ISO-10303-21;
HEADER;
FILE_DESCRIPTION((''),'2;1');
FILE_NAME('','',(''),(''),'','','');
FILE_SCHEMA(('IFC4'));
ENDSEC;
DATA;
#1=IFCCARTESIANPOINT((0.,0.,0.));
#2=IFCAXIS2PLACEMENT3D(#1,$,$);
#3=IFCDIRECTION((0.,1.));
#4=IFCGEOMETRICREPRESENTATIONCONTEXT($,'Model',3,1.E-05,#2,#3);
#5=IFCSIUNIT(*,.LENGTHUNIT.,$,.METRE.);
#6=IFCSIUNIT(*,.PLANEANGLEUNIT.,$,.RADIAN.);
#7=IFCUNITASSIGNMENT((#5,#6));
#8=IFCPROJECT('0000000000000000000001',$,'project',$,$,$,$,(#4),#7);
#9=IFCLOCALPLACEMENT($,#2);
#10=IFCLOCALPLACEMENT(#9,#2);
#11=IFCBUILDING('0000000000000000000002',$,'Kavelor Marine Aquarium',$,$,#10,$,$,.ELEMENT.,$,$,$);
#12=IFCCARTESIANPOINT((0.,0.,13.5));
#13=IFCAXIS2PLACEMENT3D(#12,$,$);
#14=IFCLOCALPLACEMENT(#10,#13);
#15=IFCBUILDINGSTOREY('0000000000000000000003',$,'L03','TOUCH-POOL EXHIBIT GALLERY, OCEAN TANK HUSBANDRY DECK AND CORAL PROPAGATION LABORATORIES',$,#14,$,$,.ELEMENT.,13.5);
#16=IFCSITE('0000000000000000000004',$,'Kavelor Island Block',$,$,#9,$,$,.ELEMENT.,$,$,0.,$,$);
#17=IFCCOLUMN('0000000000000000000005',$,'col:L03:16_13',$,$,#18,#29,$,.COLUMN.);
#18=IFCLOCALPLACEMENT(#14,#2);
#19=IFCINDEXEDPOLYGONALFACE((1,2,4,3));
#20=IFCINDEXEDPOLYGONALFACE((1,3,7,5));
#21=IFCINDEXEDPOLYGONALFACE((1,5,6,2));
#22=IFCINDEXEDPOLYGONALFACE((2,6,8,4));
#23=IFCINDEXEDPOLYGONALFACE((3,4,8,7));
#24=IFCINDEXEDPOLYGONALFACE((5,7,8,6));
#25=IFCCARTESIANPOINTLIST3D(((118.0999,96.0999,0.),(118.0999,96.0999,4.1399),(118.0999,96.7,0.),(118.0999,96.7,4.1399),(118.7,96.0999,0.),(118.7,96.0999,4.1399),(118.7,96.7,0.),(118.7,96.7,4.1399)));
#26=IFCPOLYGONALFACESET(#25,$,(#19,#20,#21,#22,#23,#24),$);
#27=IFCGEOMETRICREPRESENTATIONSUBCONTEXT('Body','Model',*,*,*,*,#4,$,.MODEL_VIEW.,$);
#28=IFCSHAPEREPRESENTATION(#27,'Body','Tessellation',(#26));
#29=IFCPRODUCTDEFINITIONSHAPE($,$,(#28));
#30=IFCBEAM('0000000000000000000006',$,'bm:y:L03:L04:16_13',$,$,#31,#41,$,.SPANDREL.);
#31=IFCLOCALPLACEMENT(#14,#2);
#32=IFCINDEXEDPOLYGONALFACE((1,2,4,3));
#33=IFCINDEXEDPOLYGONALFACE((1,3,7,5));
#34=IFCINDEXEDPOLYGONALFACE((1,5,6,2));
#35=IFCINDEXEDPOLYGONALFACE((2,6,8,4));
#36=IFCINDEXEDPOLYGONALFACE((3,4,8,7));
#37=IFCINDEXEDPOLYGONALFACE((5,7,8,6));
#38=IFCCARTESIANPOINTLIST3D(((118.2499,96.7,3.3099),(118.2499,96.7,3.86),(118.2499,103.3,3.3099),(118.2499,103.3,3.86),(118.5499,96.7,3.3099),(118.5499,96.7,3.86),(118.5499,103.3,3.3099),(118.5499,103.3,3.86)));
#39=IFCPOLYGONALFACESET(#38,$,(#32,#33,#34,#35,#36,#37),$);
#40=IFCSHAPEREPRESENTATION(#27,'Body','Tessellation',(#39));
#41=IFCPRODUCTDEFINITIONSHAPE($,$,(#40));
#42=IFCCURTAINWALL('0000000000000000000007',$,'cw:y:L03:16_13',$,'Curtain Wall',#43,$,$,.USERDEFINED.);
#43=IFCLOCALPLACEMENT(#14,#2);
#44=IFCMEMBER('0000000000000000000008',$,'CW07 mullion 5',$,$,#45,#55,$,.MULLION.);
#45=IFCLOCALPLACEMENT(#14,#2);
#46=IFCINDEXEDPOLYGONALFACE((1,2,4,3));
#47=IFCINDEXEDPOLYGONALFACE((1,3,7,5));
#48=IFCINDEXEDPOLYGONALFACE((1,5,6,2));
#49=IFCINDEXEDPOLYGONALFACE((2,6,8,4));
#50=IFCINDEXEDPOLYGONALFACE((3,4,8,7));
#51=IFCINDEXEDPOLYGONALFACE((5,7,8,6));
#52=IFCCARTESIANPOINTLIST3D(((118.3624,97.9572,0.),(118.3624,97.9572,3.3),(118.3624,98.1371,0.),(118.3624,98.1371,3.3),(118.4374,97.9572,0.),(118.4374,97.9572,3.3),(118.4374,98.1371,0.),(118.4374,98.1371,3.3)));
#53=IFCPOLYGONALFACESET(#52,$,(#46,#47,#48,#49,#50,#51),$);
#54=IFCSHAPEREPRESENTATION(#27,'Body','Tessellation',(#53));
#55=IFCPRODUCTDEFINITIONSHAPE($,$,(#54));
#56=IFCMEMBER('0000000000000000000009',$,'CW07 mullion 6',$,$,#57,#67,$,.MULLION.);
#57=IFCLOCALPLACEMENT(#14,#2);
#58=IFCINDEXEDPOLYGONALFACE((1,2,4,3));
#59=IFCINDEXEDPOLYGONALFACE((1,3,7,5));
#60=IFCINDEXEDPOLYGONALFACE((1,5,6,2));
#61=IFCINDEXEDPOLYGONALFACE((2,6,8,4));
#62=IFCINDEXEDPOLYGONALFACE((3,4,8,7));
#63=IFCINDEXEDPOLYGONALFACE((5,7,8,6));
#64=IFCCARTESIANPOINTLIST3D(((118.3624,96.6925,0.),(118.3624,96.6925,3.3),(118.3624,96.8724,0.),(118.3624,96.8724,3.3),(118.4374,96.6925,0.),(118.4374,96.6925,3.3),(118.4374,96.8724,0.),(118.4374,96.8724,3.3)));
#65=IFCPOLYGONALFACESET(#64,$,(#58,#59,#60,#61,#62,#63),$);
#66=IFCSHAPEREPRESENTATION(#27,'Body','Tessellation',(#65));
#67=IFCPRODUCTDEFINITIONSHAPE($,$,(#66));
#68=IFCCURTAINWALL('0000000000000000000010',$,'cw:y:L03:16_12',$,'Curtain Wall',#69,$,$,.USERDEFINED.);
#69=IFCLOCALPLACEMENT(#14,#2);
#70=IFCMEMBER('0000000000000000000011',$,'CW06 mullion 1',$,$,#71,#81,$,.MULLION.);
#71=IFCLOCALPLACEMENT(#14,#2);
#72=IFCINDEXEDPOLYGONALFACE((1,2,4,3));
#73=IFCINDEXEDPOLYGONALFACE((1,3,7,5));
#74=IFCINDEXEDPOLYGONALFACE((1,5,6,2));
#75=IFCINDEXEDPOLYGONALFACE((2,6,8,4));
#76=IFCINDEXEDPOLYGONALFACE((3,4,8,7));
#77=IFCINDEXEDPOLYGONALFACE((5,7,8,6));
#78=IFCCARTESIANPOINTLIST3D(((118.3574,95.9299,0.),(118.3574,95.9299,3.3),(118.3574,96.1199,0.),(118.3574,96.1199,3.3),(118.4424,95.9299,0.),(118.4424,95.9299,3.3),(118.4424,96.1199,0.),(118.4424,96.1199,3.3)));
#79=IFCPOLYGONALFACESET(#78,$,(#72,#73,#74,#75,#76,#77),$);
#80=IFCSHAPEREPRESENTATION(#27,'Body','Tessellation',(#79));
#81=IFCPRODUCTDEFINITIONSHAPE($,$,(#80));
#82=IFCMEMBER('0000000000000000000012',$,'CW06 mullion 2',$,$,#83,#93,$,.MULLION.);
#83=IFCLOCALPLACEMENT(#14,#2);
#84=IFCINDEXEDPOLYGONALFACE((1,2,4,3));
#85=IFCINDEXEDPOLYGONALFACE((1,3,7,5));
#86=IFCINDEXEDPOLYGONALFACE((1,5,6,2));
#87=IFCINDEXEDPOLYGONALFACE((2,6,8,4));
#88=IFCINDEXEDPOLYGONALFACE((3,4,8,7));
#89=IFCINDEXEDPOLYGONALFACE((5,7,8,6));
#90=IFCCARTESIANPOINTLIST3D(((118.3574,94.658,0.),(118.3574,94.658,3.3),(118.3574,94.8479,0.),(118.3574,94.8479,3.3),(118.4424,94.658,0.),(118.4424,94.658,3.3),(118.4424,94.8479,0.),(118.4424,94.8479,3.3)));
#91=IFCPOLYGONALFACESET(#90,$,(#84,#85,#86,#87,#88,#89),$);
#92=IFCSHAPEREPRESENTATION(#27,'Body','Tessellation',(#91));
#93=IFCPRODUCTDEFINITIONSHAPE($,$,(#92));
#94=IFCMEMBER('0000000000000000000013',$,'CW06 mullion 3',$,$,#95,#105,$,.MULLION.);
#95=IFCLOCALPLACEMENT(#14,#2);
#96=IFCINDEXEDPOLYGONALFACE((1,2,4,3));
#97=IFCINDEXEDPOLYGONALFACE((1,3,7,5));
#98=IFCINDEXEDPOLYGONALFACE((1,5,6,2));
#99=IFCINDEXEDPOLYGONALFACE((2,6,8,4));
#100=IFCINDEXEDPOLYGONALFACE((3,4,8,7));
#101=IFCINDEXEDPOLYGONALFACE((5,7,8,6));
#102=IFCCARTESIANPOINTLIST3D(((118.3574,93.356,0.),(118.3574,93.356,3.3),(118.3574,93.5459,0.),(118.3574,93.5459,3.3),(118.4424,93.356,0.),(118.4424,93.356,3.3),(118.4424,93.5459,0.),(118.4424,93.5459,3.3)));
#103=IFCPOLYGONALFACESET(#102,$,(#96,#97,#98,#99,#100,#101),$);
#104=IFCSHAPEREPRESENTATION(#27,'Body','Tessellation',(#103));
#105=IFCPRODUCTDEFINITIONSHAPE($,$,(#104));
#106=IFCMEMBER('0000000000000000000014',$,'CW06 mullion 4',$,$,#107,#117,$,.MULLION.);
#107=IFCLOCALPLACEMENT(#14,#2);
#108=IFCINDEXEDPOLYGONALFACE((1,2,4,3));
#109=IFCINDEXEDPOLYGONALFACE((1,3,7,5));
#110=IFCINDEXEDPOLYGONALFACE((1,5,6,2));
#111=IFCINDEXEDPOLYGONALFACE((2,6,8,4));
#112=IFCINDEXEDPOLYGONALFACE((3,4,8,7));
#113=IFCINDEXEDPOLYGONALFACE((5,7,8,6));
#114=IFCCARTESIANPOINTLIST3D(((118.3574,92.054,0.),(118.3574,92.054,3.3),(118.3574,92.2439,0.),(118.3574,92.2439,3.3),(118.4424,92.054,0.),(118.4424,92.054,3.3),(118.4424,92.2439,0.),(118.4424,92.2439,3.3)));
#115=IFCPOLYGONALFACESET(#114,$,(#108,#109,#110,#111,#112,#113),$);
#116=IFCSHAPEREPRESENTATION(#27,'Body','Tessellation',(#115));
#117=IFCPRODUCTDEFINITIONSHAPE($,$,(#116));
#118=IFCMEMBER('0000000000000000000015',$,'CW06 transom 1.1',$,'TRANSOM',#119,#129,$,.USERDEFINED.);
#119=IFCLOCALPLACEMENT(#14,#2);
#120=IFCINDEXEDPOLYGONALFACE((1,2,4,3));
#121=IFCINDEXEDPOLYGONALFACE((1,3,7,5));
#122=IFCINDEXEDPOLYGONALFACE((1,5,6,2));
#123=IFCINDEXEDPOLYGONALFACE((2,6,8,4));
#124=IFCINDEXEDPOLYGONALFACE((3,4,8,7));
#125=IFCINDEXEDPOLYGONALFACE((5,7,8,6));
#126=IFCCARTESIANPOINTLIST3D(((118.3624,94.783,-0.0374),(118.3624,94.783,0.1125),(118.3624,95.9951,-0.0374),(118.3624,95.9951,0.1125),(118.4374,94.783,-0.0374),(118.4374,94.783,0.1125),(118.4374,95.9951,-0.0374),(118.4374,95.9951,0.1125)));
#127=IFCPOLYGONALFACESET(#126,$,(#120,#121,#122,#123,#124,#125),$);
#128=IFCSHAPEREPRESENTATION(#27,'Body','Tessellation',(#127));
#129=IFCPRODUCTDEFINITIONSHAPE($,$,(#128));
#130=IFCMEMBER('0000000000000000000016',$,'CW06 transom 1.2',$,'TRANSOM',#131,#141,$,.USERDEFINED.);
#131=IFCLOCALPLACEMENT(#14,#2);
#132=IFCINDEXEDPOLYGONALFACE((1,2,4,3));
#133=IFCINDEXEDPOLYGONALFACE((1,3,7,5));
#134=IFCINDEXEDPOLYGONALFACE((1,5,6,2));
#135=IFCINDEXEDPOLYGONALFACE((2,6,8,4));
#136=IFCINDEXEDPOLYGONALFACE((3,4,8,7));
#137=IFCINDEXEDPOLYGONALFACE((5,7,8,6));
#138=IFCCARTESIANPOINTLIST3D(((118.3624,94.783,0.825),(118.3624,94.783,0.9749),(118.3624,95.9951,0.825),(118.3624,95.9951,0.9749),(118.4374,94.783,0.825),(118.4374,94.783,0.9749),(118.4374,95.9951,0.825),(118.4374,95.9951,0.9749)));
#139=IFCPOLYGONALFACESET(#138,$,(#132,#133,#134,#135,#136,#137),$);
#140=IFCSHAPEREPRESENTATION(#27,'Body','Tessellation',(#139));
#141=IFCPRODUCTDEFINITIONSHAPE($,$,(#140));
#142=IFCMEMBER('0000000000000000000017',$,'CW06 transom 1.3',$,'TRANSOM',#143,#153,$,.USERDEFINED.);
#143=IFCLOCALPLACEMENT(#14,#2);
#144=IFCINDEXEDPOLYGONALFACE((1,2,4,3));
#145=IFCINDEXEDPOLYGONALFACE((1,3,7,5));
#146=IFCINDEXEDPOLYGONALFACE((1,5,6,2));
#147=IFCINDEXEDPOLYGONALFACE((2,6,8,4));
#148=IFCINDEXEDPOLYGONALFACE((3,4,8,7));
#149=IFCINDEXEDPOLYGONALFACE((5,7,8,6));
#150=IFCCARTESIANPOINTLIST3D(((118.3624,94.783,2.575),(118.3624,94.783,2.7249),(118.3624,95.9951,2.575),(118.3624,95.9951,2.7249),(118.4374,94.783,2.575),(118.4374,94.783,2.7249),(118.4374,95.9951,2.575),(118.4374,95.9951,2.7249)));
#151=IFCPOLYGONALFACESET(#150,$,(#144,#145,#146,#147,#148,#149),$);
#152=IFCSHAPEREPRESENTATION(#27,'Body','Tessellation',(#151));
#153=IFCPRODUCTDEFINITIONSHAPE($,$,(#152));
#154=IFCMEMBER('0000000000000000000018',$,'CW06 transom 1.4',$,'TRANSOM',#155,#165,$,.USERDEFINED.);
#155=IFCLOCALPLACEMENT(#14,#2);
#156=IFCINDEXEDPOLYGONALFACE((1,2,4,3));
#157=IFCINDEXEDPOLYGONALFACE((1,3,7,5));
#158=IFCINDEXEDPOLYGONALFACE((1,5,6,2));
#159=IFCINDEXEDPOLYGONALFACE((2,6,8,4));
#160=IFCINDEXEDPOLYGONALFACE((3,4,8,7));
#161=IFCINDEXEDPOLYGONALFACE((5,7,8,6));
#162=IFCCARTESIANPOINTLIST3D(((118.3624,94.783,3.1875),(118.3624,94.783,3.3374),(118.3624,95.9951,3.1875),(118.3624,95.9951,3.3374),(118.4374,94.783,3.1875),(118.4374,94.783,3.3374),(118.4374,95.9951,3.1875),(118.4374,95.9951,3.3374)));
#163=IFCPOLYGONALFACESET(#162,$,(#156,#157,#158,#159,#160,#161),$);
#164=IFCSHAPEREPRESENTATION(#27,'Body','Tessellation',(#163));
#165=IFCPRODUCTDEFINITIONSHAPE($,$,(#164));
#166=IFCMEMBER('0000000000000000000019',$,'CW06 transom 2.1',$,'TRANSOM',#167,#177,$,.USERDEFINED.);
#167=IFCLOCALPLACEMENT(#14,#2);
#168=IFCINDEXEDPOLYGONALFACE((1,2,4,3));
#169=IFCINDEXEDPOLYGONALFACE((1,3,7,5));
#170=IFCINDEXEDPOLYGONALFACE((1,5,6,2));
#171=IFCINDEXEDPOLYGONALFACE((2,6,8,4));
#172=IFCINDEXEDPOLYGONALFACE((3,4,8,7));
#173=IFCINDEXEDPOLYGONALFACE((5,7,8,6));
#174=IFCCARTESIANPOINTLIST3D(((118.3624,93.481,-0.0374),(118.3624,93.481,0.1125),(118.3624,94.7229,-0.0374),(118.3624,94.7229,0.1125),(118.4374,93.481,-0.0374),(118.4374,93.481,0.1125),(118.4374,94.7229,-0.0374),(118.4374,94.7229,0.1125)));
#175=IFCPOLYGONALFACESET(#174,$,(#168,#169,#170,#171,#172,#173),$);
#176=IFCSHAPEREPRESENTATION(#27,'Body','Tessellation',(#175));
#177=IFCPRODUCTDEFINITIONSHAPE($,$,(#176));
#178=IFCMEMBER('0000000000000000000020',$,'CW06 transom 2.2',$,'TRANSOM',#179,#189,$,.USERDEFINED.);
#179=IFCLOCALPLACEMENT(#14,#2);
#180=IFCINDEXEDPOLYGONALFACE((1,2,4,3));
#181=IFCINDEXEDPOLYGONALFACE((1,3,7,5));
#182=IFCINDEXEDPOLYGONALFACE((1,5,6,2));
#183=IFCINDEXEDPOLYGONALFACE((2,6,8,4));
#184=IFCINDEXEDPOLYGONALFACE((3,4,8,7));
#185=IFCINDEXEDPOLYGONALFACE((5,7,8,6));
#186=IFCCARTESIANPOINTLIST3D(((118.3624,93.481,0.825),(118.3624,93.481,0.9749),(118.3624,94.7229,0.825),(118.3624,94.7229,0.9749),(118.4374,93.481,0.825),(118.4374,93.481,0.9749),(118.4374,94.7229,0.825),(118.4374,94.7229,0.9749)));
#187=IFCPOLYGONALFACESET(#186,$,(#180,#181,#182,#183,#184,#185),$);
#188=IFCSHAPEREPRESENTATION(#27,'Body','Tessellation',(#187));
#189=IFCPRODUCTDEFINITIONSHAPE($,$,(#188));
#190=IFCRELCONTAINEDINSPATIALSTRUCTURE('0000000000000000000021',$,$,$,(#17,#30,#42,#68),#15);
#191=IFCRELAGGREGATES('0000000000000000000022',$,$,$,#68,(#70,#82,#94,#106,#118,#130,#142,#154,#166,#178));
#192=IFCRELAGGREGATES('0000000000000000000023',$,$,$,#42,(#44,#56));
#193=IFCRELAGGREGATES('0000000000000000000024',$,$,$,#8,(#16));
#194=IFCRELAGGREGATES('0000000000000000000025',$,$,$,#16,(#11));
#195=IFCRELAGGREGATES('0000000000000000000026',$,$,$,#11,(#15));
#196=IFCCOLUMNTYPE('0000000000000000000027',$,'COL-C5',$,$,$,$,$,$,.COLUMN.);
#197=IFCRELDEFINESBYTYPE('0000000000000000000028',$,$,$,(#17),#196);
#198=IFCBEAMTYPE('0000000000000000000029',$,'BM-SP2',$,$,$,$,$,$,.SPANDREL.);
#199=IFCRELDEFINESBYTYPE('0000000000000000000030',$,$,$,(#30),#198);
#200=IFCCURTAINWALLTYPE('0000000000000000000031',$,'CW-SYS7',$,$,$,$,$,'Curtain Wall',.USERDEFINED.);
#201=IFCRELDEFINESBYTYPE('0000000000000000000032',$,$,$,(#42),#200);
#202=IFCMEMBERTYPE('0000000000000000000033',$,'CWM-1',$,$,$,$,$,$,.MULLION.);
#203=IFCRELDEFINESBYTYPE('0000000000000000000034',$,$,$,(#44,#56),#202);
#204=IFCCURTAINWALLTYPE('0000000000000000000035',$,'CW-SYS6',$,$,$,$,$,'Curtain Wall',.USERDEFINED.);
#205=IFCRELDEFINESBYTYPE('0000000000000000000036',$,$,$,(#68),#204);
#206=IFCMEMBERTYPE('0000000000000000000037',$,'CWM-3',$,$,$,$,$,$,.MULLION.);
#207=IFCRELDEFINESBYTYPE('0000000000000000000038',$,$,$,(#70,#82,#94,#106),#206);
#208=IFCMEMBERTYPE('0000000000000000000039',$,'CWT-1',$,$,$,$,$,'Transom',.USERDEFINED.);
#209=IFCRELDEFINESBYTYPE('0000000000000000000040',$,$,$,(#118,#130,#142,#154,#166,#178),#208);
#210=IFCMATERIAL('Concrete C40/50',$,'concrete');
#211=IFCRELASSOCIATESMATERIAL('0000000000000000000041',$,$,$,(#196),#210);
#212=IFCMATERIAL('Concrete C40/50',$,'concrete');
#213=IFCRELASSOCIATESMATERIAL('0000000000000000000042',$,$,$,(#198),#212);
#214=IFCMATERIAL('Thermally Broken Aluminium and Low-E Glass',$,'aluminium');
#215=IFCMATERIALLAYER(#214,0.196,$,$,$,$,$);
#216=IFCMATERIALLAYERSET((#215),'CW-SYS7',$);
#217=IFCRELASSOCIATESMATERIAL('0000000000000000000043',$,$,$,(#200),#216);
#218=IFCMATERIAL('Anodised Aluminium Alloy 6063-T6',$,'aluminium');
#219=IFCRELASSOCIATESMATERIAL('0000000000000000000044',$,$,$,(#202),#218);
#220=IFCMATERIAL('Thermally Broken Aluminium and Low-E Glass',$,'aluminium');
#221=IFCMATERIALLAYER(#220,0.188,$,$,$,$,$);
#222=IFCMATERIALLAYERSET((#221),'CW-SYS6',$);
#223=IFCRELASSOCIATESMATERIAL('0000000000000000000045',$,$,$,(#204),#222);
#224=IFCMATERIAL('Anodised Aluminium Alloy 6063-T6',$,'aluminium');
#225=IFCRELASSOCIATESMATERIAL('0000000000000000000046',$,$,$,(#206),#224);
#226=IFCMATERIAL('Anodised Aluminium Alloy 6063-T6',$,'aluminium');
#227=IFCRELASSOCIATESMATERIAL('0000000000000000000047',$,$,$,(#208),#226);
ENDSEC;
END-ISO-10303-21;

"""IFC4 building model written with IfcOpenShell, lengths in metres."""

from ifc_helpers import new_model, si_unit, direction, frame, origin, origin_2d, place, context, subcontext, project, spatial, rectangle, extrude, material, layer, layer_set, material_profile, profile_set, type_object, element, aggregate, save


model = new_model("IFC4")

# Units and contexts
model_context = context("Model", 3, precision=1e-05, world=origin(), true_north=direction((0.0, 1.0)))
body_context = subcontext(model_context, "Body", "Model", "MODEL_VIEW")
ifc_project = project(units=[si_unit("LENGTHUNIT", "METRE"), si_unit("PLANEANGLEUNIT", "RADIAN")], contexts=[model_context])

# Site, building, storey
site_placement = place(None, origin())
site = spatial("IfcSite", under=ifc_project, at=site_placement, Name="Kavelor Island Block", CompositionType="ELEMENT", RefElevation=0.0)
building_placement = place(site_placement, origin())
building = spatial("IfcBuilding", under=site, at=building_placement, Name="Kavelor Marine Aquarium", CompositionType="ELEMENT")
storey_placement = place(building_placement, frame((0.0, 0.0, 13.5)))
storey = spatial("IfcBuildingStorey", under=building, at=storey_placement, Name="L03", Description="TOUCH-POOL EXHIBIT GALLERY, OCEAN TANK HUSBANDRY DECK AND CORAL PROPAGATION LABORATORIES", CompositionType="ELEMENT", Elevation=13.5)

# Column
ifc_material_1 = material(Name="Concrete C40/50", Category="concrete")
ifc_material_profile_1 = material_profile(ifc_material_1, rectangle(XDim=0.6001, YDim=0.6001, at=origin_2d()), Name="RC-COL 600x600")
ifc_profile_set_1 = profile_set([ifc_material_profile_1], Name="Concrete C40/50")
column_type = type_object("IfcColumnType", Name="COL-C5", PredefinedType="COLUMN", material=ifc_profile_set_1)
column_placement = place(storey_placement, frame((118.3999, 96.3999, 0.0), z_axis=(0.0, 0.0, 1.0), x_axis=(1.0, 0.0, 0.0)))
element("IfcColumn", 1, at=column_placement, inside=storey, type_object=column_type, Name="col:L03:16_13", PredefinedType="COLUMN", context=body_context, shape_type="SweptSolid", body=[
    extrude(rectangle(XDim=0.6001, YDim=0.6001, at=origin_2d()), origin(), (0.0, 0.0, 1.0), 4.1399),
])

# Beam
ifc_material_2 = material(Name="Concrete C40/50", Category="concrete")
ifc_material_profile_2 = material_profile(ifc_material_2, rectangle(XDim=0.3, YDim=0.55, at=origin_2d()), Name="RC-SP 300x550")
ifc_profile_set_2 = profile_set([ifc_material_profile_2], Name="Concrete C40/50")
beam_type = type_object("IfcBeamType", Name="BM-SP2", PredefinedType="SPANDREL", material=ifc_profile_set_2)
beam_placement = place(storey_placement, frame((118.3999, 96.7, 3.585), z_axis=(0.0, 1.0, 0.0), x_axis=(-1.0, 0.0, 0.0)))
element("IfcBeam", 2, at=beam_placement, inside=storey, type_object=beam_type, Name="bm:y:L03:L04:16_13", PredefinedType="SPANDREL", context=body_context, shape_type="SweptSolid", body=[
    extrude(rectangle(XDim=0.3, YDim=0.55, at=origin_2d()), origin(), (0.0, 0.0, 1.0), 6.6001),
])

# Curtain walls, members
ifc_material_3 = material(Name="Thermally Broken Aluminium and Low-E Glass", Category="aluminium")
ifc_layer_1 = layer(ifc_material_3, 0.196)
ifc_layer_set_1 = layer_set([ifc_layer_1], Name="CW-SYS7")
curtain_wall_type_1 = type_object("IfcCurtainWallType", Name="CW-SYS7", ElementType="Curtain Wall", PredefinedType="USERDEFINED", material=ifc_layer_set_1)
curtain_wall_1_placement = place(storey_placement, origin())
curtain_wall_1 = element("IfcCurtainWall", 3, at=curtain_wall_1_placement, inside=storey, type_object=curtain_wall_type_1, Name="cw:y:L03:16_13", ObjectType="Curtain Wall", PredefinedType="USERDEFINED")
ifc_material_4 = material(Name="Anodised Aluminium Alloy 6063-T6", Category="aluminium")
ifc_material_profile_3 = material_profile(ifc_material_4, rectangle(XDim=0.075, YDim=0.1799, at=origin_2d()), Name="CW-MUL 75x180")
ifc_profile_set_3 = profile_set([ifc_material_profile_3], Name="Anodised Aluminium Alloy 6063-T6")
member_type_1 = type_object("IfcMemberType", Name="CWM-1", PredefinedType="MULLION", material=ifc_profile_set_3)
member_1_placement = place(storey_placement, frame((118.3999, 98.0471, 0.0), z_axis=(0.0, 0.0, 1.0), x_axis=(1.0, 0.0, 0.0)))
member_1 = element("IfcMember", 4, at=member_1_placement, type_object=member_type_1, Name="CW07 mullion 5", PredefinedType="MULLION", context=body_context, shape_type="SweptSolid", body=[
    extrude(rectangle(XDim=0.075, YDim=0.1799, at=origin_2d()), origin(), (0.0, 0.0, 1.0), 3.3),
])
member_2_placement = place(storey_placement, frame((118.3999, 96.7825, 0.0), z_axis=(0.0, 0.0, 1.0), x_axis=(1.0, 0.0, 0.0)))
member_2 = element("IfcMember", 5, at=member_2_placement, type_object=member_type_1, Name="CW07 mullion 6", PredefinedType="MULLION", context=body_context, shape_type="SweptSolid", body=[
    extrude(rectangle(XDim=0.075, YDim=0.1799, at=origin_2d()), origin(), (0.0, 0.0, 1.0), 3.3),
])
ifc_material_5 = material(Name="Thermally Broken Aluminium and Low-E Glass", Category="aluminium")
ifc_layer_2 = layer(ifc_material_5, 0.188)
ifc_layer_set_2 = layer_set([ifc_layer_2], Name="CW-SYS6")
curtain_wall_type_2 = type_object("IfcCurtainWallType", Name="CW-SYS6", ElementType="Curtain Wall", PredefinedType="USERDEFINED", material=ifc_layer_set_2)
curtain_wall_2_placement = place(storey_placement, origin())
curtain_wall_2 = element("IfcCurtainWall", 6, at=curtain_wall_2_placement, inside=storey, type_object=curtain_wall_type_2, Name="cw:y:L03:16_12", ObjectType="Curtain Wall", PredefinedType="USERDEFINED")
ifc_material_6 = material(Name="Anodised Aluminium Alloy 6063-T6", Category="aluminium")
ifc_material_profile_4 = material_profile(ifc_material_6, rectangle(XDim=0.085, YDim=0.1899, at=origin_2d()), Name="CW-MUL 85x190")
ifc_profile_set_4 = profile_set([ifc_material_profile_4], Name="Anodised Aluminium Alloy 6063-T6")
member_type_2 = type_object("IfcMemberType", Name="CWM-3", PredefinedType="MULLION", material=ifc_profile_set_4)
member_3_placement = place(storey_placement, frame((118.3999, 96.0249, 0.0), z_axis=(0.0, 0.0, 1.0), x_axis=(1.0, 0.0, 0.0)))
member_3 = element("IfcMember", 7, at=member_3_placement, type_object=member_type_2, Name="CW06 mullion 1", PredefinedType="MULLION", context=body_context, shape_type="SweptSolid", body=[
    extrude(rectangle(XDim=0.085, YDim=0.1899, at=origin_2d()), origin(), (0.0, 0.0, 1.0), 3.3),
])
member_4_placement = place(storey_placement, frame((118.3999, 94.7529, 0.0), z_axis=(0.0, 0.0, 1.0), x_axis=(1.0, 0.0, 0.0)))
member_4 = element("IfcMember", 8, at=member_4_placement, type_object=member_type_2, Name="CW06 mullion 2", PredefinedType="MULLION", context=body_context, shape_type="SweptSolid", body=[
    extrude(rectangle(XDim=0.085, YDim=0.1899, at=origin_2d()), origin(), (0.0, 0.0, 1.0), 3.3),
])
member_5_placement = place(storey_placement, frame((118.3999, 93.4509, 0.0), z_axis=(0.0, 0.0, 1.0), x_axis=(1.0, 0.0, 0.0)))
member_5 = element("IfcMember", 9, at=member_5_placement, type_object=member_type_2, Name="CW06 mullion 3", PredefinedType="MULLION", context=body_context, shape_type="SweptSolid", body=[
    extrude(rectangle(XDim=0.085, YDim=0.1899, at=origin_2d()), origin(), (0.0, 0.0, 1.0), 3.3),
])
member_6_placement = place(storey_placement, frame((118.3999, 92.1489, 0.0), z_axis=(0.0, 0.0, 1.0), x_axis=(1.0, 0.0, 0.0)))
member_6 = element("IfcMember", 10, at=member_6_placement, type_object=member_type_2, Name="CW06 mullion 4", PredefinedType="MULLION", context=body_context, shape_type="SweptSolid", body=[
    extrude(rectangle(XDim=0.085, YDim=0.1899, at=origin_2d()), origin(), (0.0, 0.0, 1.0), 3.3),
])
ifc_material_7 = material(Name="Anodised Aluminium Alloy 6063-T6", Category="aluminium")
ifc_material_profile_5 = material_profile(ifc_material_7, rectangle(XDim=0.075, YDim=0.1499, at=origin_2d()), Name="CW-TRN 75x150")
ifc_profile_set_5 = profile_set([ifc_material_profile_5], Name="Anodised Aluminium Alloy 6063-T6")
member_type_3 = type_object("IfcMemberType", Name="CWT-1", ElementType="Transom", PredefinedType="USERDEFINED", material=ifc_profile_set_5)
member_7_placement = place(storey_placement, frame((118.3999, 95.9951, 0.0376), z_axis=(0.0, -1.0, 0.0), x_axis=(1.0, 0.0, 0.0)))
member_7 = element("IfcMember", 11, at=member_7_placement, type_object=member_type_3, Name="CW06 transom 1.1", ObjectType="TRANSOM", PredefinedType="USERDEFINED", context=body_context, shape_type="SweptSolid", body=[
    extrude(rectangle(XDim=0.075, YDim=0.1499, at=origin_2d()), origin(), (0.0, 0.0, 1.0), 1.2122),
])
member_8_placement = place(storey_placement, frame((118.3999, 95.9951, 0.8999), z_axis=(0.0, -1.0, 0.0), x_axis=(1.0, 0.0, 0.0)))
member_8 = element("IfcMember", 12, at=member_8_placement, type_object=member_type_3, Name="CW06 transom 1.2", ObjectType="TRANSOM", PredefinedType="USERDEFINED", context=body_context, shape_type="SweptSolid", body=[
    extrude(rectangle(XDim=0.075, YDim=0.1499, at=origin_2d()), origin(), (0.0, 0.0, 1.0), 1.2122),
])
member_9_placement = place(storey_placement, frame((118.3999, 95.9951, 2.6499), z_axis=(0.0, -1.0, 0.0), x_axis=(1.0, 0.0, 0.0)))
member_9 = element("IfcMember", 13, at=member_9_placement, type_object=member_type_3, Name="CW06 transom 1.3", ObjectType="TRANSOM", PredefinedType="USERDEFINED", context=body_context, shape_type="SweptSolid", body=[
    extrude(rectangle(XDim=0.075, YDim=0.1499, at=origin_2d()), origin(), (0.0, 0.0, 1.0), 1.2122),
])
member_10_placement = place(storey_placement, frame((118.3999, 95.9951, 3.2625), z_axis=(0.0, -1.0, 0.0), x_axis=(1.0, 0.0, 0.0)))
member_10 = element("IfcMember", 14, at=member_10_placement, type_object=member_type_3, Name="CW06 transom 1.4", ObjectType="TRANSOM", PredefinedType="USERDEFINED", context=body_context, shape_type="SweptSolid", body=[
    extrude(rectangle(XDim=0.075, YDim=0.1499, at=origin_2d()), origin(), (0.0, 0.0, 1.0), 1.2122),
])
member_11_placement = place(storey_placement, frame((118.3999, 94.7229, 0.0376), z_axis=(0.0, -1.0, 0.0), x_axis=(1.0, 0.0, 0.0)))
member_11 = element("IfcMember", 15, at=member_11_placement, type_object=member_type_3, Name="CW06 transom 2.1", ObjectType="TRANSOM", PredefinedType="USERDEFINED", context=body_context, shape_type="SweptSolid", body=[
    extrude(rectangle(XDim=0.075, YDim=0.1499, at=origin_2d()), origin(), (0.0, 0.0, 1.0), 1.2419),
])
member_12_placement = place(storey_placement, frame((118.3999, 94.7229, 0.8999), z_axis=(0.0, -1.0, 0.0), x_axis=(1.0, 0.0, 0.0)))
member_12 = element("IfcMember", 16, at=member_12_placement, type_object=member_type_3, Name="CW06 transom 2.2", ObjectType="TRANSOM", PredefinedType="USERDEFINED", context=body_context, shape_type="SweptSolid", body=[
    extrude(rectangle(XDim=0.075, YDim=0.1499, at=origin_2d()), origin(), (0.0, 0.0, 1.0), 1.2419),
])

aggregate(curtain_wall_2, [member_3, member_4, member_5, member_6, member_7, member_8, member_9, member_10, member_11, member_12])
aggregate(curtain_wall_1, [member_1, member_2])

save(model, "model.ifc")
